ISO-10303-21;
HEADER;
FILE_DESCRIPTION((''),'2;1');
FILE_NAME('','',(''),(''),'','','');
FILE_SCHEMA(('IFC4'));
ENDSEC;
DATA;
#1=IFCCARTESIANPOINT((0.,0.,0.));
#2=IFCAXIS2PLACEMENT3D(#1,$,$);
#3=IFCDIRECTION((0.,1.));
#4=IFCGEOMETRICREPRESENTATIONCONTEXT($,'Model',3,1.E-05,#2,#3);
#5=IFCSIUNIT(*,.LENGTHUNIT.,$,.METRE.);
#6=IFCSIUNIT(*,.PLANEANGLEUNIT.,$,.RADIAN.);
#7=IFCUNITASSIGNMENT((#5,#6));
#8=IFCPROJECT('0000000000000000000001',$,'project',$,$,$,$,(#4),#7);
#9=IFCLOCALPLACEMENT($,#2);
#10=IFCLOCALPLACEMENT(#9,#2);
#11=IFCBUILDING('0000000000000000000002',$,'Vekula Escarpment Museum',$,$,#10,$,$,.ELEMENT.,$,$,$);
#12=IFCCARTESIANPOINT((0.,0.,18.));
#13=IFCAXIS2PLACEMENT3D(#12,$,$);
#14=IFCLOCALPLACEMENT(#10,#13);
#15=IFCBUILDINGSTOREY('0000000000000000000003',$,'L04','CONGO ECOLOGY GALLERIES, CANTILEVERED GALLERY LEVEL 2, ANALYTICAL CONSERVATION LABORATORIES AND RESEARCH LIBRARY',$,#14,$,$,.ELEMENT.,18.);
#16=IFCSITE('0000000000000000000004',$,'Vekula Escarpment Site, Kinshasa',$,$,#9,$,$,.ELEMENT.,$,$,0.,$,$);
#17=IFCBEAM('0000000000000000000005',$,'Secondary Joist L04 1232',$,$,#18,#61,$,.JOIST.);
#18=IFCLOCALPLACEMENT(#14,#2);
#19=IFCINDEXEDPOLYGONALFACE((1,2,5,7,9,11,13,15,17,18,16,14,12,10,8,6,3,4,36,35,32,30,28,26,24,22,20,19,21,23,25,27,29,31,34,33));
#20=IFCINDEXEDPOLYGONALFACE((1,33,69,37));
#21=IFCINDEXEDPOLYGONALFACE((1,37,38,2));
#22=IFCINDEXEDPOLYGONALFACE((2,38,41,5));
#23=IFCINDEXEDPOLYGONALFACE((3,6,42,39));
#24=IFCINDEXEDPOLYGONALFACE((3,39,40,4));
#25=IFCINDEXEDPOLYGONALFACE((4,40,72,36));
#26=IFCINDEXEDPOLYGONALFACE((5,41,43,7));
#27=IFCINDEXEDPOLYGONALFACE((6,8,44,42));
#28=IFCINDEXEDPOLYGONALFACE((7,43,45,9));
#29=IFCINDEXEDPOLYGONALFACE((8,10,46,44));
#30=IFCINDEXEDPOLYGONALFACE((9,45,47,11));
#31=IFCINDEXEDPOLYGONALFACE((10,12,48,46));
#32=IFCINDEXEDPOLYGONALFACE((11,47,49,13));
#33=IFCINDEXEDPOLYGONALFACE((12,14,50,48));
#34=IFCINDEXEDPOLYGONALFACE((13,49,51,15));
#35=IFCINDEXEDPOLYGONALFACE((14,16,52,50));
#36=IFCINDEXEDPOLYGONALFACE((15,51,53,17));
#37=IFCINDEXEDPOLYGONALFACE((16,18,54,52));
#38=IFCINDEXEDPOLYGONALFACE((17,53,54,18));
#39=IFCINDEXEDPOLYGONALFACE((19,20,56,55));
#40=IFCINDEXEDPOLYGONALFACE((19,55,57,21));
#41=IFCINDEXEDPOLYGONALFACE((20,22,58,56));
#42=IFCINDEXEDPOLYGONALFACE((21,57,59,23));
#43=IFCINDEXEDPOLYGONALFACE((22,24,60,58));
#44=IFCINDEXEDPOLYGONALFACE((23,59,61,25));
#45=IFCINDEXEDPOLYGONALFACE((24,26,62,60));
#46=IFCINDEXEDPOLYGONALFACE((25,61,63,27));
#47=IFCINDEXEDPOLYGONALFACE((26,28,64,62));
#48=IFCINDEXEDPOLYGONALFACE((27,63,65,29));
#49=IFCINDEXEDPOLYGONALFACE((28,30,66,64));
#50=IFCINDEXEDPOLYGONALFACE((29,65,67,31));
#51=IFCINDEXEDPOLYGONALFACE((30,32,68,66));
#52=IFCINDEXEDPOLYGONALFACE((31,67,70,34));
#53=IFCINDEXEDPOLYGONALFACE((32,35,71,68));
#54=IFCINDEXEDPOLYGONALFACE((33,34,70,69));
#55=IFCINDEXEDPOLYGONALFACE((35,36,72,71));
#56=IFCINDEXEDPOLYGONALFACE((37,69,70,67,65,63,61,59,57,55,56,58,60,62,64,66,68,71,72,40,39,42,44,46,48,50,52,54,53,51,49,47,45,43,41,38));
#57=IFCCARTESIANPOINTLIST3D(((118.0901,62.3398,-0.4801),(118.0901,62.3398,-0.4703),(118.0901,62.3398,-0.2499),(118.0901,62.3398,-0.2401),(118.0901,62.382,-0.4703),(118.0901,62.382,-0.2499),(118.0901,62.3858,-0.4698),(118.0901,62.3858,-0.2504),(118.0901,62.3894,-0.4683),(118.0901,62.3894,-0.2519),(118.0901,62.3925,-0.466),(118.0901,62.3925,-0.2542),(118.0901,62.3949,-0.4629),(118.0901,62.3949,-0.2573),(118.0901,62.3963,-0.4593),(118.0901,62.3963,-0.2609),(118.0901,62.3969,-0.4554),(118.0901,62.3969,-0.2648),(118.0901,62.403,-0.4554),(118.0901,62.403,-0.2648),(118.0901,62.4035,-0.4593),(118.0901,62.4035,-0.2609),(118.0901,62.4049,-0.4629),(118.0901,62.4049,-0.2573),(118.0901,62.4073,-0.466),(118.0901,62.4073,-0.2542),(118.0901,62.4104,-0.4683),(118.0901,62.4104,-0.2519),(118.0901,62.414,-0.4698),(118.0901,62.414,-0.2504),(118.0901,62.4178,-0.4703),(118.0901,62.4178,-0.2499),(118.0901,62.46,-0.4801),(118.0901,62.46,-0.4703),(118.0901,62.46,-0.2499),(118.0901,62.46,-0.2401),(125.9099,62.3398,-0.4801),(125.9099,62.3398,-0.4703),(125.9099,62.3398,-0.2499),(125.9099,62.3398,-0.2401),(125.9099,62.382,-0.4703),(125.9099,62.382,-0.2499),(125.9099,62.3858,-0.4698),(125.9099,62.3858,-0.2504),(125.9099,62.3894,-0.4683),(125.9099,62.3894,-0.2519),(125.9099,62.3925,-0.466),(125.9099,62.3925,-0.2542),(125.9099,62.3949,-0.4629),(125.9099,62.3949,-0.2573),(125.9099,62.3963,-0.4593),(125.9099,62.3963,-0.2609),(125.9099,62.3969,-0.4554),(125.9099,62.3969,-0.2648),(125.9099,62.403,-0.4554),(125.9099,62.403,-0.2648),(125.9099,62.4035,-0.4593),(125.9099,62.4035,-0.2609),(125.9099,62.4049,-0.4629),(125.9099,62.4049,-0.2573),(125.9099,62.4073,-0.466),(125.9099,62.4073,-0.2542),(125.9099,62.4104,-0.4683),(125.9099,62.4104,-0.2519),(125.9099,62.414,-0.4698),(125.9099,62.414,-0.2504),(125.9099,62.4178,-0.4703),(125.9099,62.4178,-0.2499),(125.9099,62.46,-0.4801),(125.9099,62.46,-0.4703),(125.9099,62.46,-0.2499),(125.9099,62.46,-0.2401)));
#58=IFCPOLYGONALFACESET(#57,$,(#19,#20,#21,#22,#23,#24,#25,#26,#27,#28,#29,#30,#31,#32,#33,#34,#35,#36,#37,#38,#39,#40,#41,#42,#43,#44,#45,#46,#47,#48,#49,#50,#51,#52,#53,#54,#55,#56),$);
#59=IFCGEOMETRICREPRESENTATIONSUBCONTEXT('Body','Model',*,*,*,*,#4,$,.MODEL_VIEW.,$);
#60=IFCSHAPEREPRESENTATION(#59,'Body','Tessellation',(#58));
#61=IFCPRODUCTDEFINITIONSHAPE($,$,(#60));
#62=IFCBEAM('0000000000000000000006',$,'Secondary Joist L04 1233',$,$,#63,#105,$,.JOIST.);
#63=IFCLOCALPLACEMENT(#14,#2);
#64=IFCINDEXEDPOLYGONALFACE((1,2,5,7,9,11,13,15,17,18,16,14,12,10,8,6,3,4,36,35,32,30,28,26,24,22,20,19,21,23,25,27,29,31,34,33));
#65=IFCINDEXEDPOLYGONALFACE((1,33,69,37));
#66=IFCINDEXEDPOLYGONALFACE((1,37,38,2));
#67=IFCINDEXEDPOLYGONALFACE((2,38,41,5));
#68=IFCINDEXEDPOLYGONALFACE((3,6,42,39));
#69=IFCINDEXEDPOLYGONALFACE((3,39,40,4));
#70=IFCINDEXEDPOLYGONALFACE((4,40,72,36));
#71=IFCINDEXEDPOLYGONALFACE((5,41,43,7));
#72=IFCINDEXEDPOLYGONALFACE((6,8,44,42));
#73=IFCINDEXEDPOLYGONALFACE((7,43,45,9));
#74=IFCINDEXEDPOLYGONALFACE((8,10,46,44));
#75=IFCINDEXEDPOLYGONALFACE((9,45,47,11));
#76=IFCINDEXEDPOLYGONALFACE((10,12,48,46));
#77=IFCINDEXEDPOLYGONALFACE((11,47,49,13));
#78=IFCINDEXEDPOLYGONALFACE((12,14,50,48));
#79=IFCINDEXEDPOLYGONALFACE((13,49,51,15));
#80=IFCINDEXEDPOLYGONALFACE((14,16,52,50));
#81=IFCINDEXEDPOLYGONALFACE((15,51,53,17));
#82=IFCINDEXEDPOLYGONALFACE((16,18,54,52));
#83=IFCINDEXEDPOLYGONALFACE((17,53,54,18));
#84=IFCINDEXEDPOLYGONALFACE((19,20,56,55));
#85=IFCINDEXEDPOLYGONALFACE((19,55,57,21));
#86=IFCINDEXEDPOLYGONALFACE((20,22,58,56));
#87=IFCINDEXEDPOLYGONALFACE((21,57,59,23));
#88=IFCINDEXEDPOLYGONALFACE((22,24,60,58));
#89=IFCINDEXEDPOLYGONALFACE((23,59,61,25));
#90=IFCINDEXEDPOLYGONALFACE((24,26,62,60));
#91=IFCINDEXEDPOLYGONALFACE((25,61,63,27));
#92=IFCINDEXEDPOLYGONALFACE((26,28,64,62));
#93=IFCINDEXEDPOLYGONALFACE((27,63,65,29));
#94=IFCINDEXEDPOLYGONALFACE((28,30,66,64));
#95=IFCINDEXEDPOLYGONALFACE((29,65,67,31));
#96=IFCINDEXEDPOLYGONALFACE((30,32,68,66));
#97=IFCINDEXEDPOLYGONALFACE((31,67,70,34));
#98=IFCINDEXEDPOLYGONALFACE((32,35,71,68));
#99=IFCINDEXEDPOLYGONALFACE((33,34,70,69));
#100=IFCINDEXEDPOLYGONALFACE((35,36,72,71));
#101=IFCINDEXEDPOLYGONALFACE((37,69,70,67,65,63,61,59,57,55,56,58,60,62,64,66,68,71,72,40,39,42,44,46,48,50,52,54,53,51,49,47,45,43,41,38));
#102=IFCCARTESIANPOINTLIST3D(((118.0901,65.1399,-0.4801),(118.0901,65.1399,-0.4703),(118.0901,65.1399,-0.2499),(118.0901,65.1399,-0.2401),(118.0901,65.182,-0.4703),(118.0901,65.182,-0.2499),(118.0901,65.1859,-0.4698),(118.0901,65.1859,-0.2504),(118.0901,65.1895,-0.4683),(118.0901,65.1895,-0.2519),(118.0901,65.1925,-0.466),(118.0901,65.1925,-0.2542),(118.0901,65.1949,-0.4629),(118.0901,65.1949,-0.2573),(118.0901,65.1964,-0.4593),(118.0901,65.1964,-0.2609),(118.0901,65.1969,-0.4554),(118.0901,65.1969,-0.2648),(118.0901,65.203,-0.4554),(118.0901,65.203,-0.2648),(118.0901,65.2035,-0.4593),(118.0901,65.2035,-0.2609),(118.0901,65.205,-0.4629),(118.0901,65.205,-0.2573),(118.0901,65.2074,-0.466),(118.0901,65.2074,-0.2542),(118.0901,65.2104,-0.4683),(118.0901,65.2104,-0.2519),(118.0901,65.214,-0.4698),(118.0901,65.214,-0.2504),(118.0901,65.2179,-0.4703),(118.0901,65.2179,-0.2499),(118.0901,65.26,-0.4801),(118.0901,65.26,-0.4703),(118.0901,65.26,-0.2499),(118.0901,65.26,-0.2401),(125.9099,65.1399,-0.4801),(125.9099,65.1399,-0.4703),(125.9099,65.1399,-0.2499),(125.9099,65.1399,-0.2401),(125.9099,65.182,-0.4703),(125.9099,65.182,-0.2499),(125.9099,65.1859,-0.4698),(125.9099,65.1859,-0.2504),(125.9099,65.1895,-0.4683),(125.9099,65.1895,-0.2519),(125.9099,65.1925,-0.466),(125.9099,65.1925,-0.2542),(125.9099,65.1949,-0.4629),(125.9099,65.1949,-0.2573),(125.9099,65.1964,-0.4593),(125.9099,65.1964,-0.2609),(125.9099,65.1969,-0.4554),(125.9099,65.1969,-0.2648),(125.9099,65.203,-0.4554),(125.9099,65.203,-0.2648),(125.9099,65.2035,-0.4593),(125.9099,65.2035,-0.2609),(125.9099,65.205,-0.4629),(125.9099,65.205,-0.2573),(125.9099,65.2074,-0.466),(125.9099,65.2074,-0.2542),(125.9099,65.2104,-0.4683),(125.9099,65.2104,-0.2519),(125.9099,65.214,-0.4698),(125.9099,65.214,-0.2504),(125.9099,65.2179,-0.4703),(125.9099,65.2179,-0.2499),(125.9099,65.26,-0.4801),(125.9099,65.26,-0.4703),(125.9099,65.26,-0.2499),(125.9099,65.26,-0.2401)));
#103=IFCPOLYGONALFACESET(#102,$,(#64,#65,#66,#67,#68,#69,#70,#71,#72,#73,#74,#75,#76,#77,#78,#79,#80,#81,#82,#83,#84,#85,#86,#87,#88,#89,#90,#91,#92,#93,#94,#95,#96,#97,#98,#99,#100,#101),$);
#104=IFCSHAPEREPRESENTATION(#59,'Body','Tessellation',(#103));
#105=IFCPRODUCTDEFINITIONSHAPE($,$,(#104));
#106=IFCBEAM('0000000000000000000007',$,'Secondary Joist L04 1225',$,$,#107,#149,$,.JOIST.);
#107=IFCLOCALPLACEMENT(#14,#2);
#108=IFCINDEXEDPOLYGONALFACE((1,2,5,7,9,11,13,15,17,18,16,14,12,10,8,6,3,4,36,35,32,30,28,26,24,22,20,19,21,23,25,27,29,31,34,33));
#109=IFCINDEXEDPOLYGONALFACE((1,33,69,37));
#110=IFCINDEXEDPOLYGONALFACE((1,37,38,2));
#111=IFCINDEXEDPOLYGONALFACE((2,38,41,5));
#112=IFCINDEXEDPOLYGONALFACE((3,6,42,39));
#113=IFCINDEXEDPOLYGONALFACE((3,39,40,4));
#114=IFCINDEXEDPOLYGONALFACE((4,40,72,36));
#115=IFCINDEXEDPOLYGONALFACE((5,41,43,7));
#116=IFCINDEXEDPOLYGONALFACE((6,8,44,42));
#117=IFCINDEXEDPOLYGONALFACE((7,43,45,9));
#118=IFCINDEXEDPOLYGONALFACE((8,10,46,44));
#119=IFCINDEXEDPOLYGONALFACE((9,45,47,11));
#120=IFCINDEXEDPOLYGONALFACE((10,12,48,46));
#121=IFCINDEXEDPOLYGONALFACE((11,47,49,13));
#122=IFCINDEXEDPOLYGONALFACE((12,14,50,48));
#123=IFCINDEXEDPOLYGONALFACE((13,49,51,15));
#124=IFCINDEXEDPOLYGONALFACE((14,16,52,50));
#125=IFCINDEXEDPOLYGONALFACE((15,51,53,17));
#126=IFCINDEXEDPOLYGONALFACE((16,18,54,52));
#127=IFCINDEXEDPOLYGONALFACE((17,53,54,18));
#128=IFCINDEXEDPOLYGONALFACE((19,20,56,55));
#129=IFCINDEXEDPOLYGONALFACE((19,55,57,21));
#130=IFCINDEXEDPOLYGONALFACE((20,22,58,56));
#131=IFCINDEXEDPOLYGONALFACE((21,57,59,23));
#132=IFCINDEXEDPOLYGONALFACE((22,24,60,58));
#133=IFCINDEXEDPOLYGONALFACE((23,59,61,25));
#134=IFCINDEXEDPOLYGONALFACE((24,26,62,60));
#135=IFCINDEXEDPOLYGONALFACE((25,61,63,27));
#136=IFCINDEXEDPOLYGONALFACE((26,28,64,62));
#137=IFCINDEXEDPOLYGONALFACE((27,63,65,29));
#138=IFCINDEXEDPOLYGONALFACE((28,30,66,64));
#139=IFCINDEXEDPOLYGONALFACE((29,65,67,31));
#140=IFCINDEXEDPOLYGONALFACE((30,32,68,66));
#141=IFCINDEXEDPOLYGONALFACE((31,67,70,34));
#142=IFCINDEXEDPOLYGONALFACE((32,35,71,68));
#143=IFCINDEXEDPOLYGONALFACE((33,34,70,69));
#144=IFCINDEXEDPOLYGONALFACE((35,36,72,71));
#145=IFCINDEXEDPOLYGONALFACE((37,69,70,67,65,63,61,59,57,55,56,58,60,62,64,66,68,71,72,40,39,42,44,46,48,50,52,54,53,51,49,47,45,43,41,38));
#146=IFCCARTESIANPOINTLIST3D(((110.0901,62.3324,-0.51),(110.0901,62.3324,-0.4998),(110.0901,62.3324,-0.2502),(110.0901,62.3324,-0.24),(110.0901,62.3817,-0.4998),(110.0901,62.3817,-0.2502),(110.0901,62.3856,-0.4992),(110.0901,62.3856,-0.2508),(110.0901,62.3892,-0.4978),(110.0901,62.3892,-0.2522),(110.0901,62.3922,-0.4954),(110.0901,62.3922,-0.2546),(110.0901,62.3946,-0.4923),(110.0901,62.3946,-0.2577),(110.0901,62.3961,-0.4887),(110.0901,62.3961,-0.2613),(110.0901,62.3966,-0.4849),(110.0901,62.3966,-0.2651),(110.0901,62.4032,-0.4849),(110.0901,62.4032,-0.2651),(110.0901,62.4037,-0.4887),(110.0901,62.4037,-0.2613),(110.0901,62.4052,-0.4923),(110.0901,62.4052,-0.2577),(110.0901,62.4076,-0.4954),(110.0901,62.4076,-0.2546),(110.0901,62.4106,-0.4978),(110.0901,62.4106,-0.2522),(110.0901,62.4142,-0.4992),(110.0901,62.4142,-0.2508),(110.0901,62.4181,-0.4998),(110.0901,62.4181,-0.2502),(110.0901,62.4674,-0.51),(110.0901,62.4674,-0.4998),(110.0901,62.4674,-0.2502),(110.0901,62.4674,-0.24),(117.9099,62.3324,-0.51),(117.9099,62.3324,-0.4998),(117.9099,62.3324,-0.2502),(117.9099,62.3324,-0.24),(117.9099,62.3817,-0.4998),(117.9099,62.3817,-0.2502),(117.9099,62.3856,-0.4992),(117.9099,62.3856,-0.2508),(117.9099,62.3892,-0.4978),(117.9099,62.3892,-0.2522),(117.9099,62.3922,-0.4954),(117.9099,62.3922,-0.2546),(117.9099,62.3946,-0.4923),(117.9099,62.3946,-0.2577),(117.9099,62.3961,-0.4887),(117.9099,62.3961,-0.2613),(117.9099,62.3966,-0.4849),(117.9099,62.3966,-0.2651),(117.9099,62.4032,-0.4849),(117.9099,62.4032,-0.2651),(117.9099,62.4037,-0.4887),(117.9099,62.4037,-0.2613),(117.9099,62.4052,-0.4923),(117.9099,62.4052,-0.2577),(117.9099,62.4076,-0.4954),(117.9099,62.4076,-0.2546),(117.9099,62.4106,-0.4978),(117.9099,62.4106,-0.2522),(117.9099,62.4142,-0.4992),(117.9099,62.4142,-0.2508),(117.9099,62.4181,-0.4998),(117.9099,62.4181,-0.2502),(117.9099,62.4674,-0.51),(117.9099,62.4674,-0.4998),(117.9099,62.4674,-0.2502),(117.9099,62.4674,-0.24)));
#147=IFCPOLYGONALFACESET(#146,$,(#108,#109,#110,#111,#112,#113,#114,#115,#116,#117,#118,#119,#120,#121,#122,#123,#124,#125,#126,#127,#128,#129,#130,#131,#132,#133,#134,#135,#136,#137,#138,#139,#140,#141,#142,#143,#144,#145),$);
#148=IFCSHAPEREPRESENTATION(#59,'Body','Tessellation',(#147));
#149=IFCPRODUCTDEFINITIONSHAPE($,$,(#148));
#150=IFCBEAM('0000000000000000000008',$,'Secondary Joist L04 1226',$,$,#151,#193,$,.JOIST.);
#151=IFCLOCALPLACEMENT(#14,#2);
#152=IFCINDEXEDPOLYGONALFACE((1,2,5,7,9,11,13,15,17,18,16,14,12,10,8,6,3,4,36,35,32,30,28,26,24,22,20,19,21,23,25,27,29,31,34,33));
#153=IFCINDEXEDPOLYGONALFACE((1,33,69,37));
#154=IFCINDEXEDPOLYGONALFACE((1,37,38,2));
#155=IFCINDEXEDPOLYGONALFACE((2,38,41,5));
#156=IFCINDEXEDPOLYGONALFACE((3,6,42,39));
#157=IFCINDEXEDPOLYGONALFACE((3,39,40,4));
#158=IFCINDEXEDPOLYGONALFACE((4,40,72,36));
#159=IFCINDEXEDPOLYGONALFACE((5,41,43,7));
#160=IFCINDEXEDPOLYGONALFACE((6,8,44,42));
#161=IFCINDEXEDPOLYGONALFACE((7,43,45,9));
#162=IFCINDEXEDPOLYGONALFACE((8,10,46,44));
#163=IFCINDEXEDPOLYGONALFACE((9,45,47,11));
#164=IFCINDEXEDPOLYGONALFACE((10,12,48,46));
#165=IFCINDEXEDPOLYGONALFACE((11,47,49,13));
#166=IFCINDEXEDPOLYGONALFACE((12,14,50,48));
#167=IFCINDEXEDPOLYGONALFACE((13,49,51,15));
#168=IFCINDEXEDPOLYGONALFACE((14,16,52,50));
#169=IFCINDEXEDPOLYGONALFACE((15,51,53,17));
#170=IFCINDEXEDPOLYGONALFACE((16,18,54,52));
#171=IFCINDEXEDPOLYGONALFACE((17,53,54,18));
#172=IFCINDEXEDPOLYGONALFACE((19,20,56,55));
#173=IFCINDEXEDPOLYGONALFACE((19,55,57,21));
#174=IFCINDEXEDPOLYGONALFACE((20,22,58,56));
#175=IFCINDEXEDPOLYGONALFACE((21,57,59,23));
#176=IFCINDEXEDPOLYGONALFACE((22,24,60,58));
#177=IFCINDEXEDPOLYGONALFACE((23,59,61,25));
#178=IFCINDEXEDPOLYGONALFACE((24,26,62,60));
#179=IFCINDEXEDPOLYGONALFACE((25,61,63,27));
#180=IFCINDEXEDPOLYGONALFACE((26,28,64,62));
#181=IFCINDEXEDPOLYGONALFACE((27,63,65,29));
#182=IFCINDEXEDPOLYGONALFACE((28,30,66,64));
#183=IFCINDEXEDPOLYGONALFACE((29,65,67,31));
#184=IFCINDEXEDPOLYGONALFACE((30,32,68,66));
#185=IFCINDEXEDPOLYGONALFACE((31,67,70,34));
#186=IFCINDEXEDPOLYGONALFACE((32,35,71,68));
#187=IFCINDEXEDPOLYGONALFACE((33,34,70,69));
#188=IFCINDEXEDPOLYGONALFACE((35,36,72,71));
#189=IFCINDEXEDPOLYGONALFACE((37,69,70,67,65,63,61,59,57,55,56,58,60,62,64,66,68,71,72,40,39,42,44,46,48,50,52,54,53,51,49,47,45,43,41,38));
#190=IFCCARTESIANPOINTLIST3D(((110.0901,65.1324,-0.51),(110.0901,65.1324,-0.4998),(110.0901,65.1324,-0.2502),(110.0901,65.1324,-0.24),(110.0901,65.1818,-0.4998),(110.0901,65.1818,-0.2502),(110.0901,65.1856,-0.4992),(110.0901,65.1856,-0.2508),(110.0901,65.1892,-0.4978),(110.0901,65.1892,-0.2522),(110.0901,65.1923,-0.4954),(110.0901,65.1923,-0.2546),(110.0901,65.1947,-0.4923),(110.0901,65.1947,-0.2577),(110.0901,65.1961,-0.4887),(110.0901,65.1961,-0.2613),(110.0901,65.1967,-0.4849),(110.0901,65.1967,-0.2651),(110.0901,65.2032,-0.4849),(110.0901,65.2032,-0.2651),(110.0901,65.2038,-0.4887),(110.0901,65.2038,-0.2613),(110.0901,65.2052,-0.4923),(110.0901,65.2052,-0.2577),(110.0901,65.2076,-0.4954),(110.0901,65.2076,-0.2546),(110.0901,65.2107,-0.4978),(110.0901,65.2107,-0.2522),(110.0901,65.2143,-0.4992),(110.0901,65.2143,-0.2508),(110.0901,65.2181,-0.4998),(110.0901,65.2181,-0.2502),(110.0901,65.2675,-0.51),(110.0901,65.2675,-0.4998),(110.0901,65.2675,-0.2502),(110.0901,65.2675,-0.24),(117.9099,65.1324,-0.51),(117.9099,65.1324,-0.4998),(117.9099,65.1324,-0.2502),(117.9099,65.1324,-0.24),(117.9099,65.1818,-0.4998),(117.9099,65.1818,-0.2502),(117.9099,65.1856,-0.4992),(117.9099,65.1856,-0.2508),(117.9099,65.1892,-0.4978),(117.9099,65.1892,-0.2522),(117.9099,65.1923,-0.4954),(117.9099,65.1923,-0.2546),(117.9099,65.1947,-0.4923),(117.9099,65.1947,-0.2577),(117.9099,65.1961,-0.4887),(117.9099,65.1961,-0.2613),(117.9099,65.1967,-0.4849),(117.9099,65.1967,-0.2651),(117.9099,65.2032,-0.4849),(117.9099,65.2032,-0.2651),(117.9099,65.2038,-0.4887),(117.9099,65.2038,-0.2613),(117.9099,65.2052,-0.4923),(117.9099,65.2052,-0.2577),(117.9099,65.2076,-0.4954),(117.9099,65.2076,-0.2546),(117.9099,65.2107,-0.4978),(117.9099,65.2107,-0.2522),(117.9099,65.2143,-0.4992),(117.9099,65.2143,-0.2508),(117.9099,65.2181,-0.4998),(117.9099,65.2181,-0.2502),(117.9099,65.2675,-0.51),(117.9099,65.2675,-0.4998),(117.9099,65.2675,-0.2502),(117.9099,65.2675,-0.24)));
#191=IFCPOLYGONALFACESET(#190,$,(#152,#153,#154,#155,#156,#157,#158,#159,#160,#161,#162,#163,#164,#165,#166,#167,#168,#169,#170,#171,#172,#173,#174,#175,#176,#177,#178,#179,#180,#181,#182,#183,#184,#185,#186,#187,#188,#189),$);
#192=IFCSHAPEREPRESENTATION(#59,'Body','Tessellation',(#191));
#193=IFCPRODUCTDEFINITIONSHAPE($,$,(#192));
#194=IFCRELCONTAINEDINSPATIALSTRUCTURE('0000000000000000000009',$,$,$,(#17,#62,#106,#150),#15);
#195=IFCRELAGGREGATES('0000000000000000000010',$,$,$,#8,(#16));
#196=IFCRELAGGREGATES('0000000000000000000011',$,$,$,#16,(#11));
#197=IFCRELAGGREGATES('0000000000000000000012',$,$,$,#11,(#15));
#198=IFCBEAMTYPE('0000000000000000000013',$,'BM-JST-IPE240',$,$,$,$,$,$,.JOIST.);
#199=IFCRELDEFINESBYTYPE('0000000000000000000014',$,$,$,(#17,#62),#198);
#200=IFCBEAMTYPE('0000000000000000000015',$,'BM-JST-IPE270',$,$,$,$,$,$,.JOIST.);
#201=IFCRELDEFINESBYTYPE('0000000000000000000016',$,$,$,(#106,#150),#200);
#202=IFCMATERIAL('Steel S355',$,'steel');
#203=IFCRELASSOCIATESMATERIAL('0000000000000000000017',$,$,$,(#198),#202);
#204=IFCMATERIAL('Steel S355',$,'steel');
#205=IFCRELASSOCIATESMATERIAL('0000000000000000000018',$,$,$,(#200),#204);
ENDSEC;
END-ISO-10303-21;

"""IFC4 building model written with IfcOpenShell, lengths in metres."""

from ifc_helpers import new_model, si_unit, direction, frame, origin, origin_2d, place, context, subcontext, project, spatial, i_section, extrude, material, material_profile, profile_set, type_object, element, save


model = new_model("IFC4")

# Units and contexts
model_context = context("Model", 3, precision=1e-05, world=origin(), true_north=direction((0.0, 1.0)))
body_context = subcontext(model_context, "Body", "Model", "MODEL_VIEW")
ifc_project = project(units=[si_unit("LENGTHUNIT", "METRE"), si_unit("PLANEANGLEUNIT", "RADIAN")], contexts=[model_context])

# Site, building, storey
site_placement = place(None, origin())
site = spatial("IfcSite", under=ifc_project, at=site_placement, Name="Vekula Escarpment Site, Kinshasa", CompositionType="ELEMENT", RefElevation=0.0)
building_placement = place(site_placement, origin())
building = spatial("IfcBuilding", under=site, at=building_placement, Name="Vekula Escarpment Museum", CompositionType="ELEMENT")
storey_placement = place(building_placement, frame((0.0, 0.0, 18.0)))
storey = spatial("IfcBuildingStorey", under=building, at=storey_placement, Name="L04", Description="CONGO ECOLOGY GALLERIES, CANTILEVERED GALLERY LEVEL 2, ANALYTICAL CONSERVATION LABORATORIES AND RESEARCH LIBRARY", CompositionType="ELEMENT", Elevation=18.0)

# Beams
ifc_material_1 = material(Name="Steel S355", Category="steel")
ifc_material_profile_1 = material_profile(ifc_material_1, i_section(OverallWidth=0.1201, OverallDepth=0.24, WebThickness=0.0061, FlangeThickness=0.0098, FilletRadius=0.0149, at=origin_2d()), Name="IPE 240")
ifc_profile_set_1 = profile_set([ifc_material_profile_1], Name="Steel S355")
beam_type_1 = type_object("IfcBeamType", Name="BM-JST-IPE240", PredefinedType="JOIST", material=ifc_profile_set_1)
for number, where, z_axis, x_axis, name in (
    (1, (118.0901, 62.3999, -0.3601), (1.0, 0.0, 0.0), (0.0, 1.0, 0.0), "Secondary Joist L04 1232"),
    (2, (118.0901, 65.2, -0.3601), (1.0, 0.0, 0.0), (0.0, 1.0, 0.0), "Secondary Joist L04 1233"),
):
    element("IfcBeam", number, at=place(storey_placement, frame(where, z_axis=z_axis, x_axis=x_axis)), inside=storey, type_object=beam_type_1, Name=name, PredefinedType="JOIST", context=body_context, shape_type="SweptSolid", body=[
        extrude(i_section(OverallWidth=0.1201, OverallDepth=0.24, WebThickness=0.0061, FlangeThickness=0.0098, FilletRadius=0.0149, at=origin_2d()), origin(), (0.0, 0.0, 1.0), 7.8198),
    ])
ifc_material_2 = material(Name="Steel S355", Category="steel")
ifc_material_profile_2 = material_profile(ifc_material_2, i_section(OverallWidth=0.135, OverallDepth=0.27, WebThickness=0.0066, FlangeThickness=0.0103, FilletRadius=0.0149, at=origin_2d()), Name="IPE 270")
ifc_profile_set_2 = profile_set([ifc_material_profile_2], Name="Steel S355")
beam_type_2 = type_object("IfcBeamType", Name="BM-JST-IPE270", PredefinedType="JOIST", material=ifc_profile_set_2)
for number, where, z_axis, x_axis, name in (
    (3, (110.0901, 62.3999, -0.375), (1.0, 0.0, 0.0), (0.0, 1.0, 0.0), "Secondary Joist L04 1225"),
    (4, (110.0901, 65.2, -0.375), (1.0, 0.0, 0.0), (0.0, 1.0, 0.0), "Secondary Joist L04 1226"),
):
    element("IfcBeam", number, at=place(storey_placement, frame(where, z_axis=z_axis, x_axis=x_axis)), inside=storey, type_object=beam_type_2, Name=name, PredefinedType="JOIST", context=body_context, shape_type="SweptSolid", body=[
        extrude(i_section(OverallWidth=0.135, OverallDepth=0.27, WebThickness=0.0066, FlangeThickness=0.0103, FilletRadius=0.0149, at=origin_2d()), origin(), (0.0, 0.0, 1.0), 7.8198),
    ])

save(model, "model.ifc")
